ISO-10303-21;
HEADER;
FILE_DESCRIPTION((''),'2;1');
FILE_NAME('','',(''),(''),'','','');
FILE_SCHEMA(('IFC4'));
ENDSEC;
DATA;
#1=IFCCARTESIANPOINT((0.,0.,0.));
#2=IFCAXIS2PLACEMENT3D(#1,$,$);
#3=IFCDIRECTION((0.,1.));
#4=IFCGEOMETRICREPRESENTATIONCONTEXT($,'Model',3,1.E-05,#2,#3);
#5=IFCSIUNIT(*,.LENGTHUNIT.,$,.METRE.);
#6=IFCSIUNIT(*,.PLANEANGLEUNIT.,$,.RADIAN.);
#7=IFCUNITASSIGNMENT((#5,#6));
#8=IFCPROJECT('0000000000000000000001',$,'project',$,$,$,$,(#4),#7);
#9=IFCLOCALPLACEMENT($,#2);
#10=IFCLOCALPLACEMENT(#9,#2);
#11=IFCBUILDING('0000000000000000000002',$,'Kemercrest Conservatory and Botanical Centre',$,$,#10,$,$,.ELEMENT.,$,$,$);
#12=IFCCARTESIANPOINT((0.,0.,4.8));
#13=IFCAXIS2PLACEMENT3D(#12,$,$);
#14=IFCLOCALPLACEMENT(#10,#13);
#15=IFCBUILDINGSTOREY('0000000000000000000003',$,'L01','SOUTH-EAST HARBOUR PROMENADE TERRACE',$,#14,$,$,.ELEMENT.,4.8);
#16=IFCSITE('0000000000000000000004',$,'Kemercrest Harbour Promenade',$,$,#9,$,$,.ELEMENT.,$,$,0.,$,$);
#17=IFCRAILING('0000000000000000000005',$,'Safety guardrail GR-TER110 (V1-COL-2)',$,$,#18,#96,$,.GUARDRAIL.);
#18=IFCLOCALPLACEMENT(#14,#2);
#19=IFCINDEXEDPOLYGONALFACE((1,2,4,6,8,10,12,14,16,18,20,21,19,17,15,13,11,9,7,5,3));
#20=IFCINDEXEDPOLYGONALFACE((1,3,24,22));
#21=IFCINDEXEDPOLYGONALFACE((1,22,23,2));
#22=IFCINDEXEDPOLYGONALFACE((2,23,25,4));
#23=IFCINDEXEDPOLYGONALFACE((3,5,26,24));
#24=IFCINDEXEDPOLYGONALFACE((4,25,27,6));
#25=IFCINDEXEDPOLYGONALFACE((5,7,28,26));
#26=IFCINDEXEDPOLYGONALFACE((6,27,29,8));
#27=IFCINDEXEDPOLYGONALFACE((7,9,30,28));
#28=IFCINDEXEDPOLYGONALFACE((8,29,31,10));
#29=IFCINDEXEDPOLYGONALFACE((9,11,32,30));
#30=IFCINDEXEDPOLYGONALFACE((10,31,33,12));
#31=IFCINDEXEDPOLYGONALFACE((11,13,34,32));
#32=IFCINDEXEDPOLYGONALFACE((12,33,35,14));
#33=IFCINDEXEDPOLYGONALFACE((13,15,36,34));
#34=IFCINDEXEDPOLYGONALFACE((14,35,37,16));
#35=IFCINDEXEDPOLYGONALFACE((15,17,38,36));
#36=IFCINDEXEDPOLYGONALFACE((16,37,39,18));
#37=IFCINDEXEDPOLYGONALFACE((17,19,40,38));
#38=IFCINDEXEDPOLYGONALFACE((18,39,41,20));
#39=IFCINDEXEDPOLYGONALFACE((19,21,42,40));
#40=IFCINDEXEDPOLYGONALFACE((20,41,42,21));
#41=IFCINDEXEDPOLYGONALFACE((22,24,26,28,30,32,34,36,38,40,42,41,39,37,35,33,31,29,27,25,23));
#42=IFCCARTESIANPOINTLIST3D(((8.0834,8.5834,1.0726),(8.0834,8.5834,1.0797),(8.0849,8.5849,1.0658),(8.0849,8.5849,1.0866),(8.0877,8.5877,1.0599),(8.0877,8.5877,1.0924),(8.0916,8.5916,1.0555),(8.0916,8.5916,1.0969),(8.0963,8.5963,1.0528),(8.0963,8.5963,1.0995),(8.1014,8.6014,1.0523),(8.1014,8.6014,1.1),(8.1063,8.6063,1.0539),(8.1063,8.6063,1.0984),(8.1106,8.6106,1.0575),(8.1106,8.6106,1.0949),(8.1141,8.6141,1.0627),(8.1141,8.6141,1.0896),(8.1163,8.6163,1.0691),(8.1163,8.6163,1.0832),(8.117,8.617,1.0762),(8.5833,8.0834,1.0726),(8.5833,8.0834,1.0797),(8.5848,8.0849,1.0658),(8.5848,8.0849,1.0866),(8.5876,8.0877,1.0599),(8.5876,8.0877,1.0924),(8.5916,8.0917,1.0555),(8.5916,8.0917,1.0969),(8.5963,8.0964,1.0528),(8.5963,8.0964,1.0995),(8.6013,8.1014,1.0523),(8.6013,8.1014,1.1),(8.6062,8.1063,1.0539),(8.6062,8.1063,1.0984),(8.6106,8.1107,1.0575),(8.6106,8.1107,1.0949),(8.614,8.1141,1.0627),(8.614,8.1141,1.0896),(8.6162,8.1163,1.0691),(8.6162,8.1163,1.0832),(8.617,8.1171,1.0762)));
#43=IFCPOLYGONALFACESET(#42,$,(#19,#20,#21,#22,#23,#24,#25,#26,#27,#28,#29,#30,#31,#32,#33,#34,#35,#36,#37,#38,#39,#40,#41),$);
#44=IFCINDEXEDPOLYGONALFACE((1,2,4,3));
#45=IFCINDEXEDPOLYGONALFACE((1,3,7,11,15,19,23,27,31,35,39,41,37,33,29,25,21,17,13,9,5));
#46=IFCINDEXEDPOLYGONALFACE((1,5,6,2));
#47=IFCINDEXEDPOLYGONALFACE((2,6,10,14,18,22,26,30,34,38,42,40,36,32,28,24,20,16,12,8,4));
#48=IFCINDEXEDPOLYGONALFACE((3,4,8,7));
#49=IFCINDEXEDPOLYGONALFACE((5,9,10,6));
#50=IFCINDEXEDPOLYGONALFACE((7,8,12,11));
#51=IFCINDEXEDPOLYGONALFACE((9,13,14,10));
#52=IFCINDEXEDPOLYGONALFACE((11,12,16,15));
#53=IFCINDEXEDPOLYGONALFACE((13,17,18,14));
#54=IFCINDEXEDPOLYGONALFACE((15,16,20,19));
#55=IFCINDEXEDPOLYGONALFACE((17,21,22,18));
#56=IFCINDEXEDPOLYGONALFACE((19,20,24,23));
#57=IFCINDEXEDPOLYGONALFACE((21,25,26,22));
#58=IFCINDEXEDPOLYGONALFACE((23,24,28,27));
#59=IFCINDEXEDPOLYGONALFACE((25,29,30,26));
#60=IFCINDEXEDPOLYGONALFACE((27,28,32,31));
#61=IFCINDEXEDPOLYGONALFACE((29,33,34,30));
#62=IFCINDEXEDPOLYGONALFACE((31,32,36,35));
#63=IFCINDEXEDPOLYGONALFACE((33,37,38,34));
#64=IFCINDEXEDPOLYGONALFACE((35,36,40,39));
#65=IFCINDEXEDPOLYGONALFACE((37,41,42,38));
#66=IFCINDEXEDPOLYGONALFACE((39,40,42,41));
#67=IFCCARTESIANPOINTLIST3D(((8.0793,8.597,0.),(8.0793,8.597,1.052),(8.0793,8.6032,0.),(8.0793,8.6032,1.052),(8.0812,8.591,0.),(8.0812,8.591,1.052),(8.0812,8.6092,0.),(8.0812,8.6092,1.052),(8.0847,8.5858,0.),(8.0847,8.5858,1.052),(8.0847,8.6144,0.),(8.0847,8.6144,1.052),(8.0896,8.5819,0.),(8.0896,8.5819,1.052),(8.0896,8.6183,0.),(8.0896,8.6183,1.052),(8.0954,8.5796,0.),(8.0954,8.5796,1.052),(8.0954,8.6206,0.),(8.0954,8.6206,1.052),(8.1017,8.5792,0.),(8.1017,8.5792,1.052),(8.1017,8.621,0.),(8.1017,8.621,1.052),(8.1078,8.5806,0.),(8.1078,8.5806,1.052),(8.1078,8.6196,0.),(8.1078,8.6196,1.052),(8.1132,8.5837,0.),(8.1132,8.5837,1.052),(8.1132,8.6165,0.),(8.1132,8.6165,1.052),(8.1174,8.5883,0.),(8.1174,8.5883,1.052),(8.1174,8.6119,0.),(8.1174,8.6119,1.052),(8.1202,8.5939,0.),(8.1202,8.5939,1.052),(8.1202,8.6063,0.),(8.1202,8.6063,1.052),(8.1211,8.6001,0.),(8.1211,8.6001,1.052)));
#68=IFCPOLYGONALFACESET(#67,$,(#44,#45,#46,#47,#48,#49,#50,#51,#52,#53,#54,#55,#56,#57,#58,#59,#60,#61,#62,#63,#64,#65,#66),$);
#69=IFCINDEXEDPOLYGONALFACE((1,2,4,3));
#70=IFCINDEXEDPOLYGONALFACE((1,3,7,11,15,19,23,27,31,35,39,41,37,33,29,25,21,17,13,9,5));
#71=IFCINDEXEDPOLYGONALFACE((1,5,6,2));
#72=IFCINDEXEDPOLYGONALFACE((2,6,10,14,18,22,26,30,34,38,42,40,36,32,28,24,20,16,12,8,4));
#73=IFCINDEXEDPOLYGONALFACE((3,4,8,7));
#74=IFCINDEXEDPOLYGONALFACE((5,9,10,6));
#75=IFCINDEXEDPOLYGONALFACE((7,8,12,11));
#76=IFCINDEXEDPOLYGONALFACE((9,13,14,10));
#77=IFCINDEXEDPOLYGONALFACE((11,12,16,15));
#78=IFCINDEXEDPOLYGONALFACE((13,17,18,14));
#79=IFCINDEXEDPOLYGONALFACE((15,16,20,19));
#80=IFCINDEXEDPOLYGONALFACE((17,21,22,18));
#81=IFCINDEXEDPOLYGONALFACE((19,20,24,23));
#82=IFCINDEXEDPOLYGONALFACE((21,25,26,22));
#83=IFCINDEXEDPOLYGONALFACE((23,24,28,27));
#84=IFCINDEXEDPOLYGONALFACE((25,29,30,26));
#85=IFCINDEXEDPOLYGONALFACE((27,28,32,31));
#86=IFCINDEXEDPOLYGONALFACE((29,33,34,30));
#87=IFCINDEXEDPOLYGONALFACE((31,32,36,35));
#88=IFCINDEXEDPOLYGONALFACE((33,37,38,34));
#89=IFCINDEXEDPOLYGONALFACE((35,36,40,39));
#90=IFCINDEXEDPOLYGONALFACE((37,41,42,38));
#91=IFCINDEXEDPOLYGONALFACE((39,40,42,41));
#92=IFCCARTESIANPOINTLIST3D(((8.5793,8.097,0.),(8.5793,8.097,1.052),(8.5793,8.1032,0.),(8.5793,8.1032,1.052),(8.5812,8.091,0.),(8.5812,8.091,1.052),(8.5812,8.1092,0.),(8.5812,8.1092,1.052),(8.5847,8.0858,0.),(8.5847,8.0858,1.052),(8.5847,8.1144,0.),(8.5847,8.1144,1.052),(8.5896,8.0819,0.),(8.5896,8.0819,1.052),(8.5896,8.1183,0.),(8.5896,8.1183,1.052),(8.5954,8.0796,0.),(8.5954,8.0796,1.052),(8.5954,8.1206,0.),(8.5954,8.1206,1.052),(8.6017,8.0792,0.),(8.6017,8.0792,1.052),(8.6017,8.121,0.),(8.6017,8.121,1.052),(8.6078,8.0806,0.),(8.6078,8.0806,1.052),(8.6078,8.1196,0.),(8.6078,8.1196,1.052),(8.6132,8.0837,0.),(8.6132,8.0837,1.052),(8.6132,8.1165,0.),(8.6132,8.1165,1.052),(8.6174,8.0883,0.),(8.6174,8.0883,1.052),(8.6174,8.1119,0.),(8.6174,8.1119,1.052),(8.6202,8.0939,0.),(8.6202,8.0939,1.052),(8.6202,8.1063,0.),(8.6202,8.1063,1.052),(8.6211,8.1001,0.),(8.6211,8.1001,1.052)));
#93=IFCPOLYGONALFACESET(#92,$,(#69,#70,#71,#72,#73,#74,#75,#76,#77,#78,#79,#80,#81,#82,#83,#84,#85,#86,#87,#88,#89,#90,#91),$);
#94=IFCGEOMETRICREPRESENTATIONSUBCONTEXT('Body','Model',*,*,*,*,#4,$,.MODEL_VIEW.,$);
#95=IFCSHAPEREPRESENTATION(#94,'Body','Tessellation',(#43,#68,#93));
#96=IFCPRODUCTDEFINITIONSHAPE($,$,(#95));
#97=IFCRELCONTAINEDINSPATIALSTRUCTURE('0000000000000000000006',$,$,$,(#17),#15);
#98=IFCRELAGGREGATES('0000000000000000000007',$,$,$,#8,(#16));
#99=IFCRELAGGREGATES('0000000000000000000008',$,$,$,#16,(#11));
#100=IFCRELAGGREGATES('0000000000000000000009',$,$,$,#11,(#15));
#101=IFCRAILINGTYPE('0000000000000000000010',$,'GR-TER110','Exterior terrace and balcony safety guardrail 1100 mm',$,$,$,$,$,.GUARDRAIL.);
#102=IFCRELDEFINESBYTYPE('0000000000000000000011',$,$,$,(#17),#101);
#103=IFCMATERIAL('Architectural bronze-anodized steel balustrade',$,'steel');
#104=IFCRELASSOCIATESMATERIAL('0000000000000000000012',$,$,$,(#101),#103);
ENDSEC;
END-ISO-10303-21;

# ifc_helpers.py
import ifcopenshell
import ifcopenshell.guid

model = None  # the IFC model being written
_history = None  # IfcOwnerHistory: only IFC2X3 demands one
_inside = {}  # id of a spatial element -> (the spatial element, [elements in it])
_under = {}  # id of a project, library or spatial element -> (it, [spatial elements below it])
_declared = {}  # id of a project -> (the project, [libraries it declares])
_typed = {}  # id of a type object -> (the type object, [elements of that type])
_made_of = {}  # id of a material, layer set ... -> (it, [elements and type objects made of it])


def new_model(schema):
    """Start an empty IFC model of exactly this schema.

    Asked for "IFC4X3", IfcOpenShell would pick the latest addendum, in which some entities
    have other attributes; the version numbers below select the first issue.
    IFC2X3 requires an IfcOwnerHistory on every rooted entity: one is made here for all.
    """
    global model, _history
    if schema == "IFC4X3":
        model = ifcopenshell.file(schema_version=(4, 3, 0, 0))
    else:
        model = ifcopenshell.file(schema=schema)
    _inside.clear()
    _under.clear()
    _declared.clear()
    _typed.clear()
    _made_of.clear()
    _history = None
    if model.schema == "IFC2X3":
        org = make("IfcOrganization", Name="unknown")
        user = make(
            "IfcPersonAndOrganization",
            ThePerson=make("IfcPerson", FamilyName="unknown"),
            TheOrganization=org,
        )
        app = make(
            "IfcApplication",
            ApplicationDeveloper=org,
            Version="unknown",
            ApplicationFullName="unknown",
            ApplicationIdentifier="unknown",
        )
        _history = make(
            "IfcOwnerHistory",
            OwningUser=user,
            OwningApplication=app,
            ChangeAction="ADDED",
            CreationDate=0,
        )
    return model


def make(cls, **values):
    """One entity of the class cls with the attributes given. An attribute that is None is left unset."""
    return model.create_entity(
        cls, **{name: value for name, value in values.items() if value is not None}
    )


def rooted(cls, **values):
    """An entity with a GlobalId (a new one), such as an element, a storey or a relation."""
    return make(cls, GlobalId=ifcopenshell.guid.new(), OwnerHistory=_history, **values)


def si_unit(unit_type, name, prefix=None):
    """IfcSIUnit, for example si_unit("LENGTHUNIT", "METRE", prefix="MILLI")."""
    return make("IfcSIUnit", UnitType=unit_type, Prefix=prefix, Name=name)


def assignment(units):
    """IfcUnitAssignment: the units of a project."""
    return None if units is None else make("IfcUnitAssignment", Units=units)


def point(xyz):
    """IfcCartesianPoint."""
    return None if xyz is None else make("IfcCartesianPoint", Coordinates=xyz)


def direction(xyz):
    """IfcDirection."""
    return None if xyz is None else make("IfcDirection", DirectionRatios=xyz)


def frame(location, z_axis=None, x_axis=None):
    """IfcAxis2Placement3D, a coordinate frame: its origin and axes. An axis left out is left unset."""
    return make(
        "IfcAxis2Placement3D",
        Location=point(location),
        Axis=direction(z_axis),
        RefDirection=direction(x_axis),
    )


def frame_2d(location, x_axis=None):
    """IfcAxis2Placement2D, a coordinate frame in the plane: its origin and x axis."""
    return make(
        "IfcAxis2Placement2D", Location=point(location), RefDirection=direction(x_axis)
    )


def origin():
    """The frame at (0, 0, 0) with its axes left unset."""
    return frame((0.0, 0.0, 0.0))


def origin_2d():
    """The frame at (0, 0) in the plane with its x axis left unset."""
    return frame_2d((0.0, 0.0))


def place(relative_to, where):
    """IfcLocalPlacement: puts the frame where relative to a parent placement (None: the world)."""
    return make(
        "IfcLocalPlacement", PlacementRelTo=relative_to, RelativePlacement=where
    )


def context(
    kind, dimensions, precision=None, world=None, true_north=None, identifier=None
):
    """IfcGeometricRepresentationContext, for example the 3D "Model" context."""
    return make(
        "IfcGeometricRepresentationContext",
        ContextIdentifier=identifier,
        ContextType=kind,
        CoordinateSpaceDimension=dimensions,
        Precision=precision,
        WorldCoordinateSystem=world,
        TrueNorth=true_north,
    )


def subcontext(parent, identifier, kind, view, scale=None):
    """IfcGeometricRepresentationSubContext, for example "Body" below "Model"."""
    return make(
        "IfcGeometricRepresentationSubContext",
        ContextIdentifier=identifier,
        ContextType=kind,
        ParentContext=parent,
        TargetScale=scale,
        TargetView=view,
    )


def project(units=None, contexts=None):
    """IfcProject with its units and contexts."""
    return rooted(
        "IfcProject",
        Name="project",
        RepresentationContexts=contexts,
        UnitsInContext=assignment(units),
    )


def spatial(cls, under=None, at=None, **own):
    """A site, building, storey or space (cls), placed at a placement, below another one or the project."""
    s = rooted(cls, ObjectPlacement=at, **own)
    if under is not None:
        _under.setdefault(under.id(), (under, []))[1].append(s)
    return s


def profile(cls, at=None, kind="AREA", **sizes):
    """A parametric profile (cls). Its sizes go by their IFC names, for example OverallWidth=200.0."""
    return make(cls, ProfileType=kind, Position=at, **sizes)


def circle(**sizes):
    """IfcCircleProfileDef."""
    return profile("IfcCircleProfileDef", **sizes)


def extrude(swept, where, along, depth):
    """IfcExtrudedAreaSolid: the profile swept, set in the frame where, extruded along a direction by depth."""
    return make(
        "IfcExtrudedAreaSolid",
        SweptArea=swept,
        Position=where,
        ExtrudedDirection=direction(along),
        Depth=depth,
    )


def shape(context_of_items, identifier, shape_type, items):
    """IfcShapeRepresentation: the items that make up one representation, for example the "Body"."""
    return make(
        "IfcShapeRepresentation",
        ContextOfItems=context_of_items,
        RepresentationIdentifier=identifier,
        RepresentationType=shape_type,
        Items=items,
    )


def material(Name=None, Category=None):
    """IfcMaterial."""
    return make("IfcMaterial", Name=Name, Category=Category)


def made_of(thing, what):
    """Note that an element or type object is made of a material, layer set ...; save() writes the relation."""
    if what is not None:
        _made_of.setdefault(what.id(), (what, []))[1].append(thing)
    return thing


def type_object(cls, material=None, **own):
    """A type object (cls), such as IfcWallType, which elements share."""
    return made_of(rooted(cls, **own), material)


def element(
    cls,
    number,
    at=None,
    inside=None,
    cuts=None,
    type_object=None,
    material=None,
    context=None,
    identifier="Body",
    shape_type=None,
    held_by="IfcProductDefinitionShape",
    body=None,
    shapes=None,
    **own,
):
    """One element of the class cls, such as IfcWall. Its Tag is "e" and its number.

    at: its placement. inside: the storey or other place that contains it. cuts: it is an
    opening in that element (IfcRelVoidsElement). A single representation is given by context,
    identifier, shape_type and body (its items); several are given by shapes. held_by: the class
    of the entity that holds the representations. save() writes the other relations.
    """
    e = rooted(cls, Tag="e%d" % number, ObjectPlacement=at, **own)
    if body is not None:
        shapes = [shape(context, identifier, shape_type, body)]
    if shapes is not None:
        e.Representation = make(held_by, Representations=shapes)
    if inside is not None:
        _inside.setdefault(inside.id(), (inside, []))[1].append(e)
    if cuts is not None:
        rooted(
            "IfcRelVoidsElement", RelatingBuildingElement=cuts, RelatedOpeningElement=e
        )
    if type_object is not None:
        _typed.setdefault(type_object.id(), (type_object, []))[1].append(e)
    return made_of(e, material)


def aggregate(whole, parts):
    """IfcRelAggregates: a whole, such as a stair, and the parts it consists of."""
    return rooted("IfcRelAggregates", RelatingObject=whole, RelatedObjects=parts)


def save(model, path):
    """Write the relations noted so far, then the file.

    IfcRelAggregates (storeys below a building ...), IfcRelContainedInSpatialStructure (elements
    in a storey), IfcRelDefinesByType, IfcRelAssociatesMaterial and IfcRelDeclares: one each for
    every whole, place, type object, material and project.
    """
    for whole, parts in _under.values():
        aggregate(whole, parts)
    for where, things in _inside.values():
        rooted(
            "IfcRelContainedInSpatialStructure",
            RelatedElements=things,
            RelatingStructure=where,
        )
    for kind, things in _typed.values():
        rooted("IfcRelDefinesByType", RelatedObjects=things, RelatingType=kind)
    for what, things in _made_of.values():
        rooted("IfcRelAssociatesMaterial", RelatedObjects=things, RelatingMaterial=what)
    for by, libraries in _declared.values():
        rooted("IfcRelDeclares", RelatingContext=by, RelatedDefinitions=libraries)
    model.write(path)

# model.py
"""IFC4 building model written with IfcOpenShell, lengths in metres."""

from ifc_helpers import new_model, si_unit, direction, frame, origin, origin_2d, place, context, subcontext, project, spatial, circle, extrude, material, type_object, element, save


model = new_model("IFC4")

# Units and contexts
model_context = context("Model", 3, precision=1e-05, world=origin(), true_north=direction((0.0, 1.0)))
body_context = subcontext(model_context, "Body", "Model", "MODEL_VIEW")
ifc_project = project(units=[si_unit("LENGTHUNIT", "METRE"), si_unit("PLANEANGLEUNIT", "RADIAN")], contexts=[model_context])

# Site, building, storey
site_placement = place(None, origin())
site = spatial("IfcSite", under=ifc_project, at=site_placement, Name="Kemercrest Harbour Promenade", CompositionType="ELEMENT", RefElevation=0.0)
building_placement = place(site_placement, origin())
building = spatial("IfcBuilding", under=site, at=building_placement, Name="Kemercrest Conservatory and Botanical Centre", CompositionType="ELEMENT")
storey_placement = place(building_placement, frame((0.0, 0.0, 4.8)))
storey = spatial("IfcBuildingStorey", under=building, at=storey_placement, Name="L01", Description="SOUTH-EAST HARBOUR PROMENADE TERRACE", CompositionType="ELEMENT", Elevation=4.8)

# Railing
ifc_material_1 = material(Name="Architectural bronze-anodized steel balustrade", Category="steel")
railing_type = type_object("IfcRailingType", Name="GR-TER110", Description="Exterior terrace and balcony safety guardrail 1100 mm", PredefinedType="GUARDRAIL", material=ifc_material_1)
railing_1_placement = place(storey_placement, frame((8.1001, 8.6001, 0.0)))
element("IfcRailing", 1, at=railing_1_placement, inside=storey, type_object=railing_type, Name="Safety guardrail GR-TER110 (V1-COL-2)", PredefinedType="GUARDRAIL", context=body_context, shape_type="SweptSolid", body=[
    extrude(circle(Radius=0.0239, at=origin_2d()), frame((0.0, 0.0, 1.0762), z_axis=(0.707107, -0.707107, 0.0), x_axis=(0.707107, 0.707107, 0.0)), (0.0, 0.0, 1.0), 0.707),
    extrude(circle(Radius=0.021, at=origin_2d()), origin(), (0.0, 0.0, 1.0), 1.052),
    extrude(circle(Radius=0.021, at=origin_2d()), frame((0.5, -0.5, 0.0)), (0.0, 0.0, 1.0), 1.052),
])

save(model, "model.ifc")
